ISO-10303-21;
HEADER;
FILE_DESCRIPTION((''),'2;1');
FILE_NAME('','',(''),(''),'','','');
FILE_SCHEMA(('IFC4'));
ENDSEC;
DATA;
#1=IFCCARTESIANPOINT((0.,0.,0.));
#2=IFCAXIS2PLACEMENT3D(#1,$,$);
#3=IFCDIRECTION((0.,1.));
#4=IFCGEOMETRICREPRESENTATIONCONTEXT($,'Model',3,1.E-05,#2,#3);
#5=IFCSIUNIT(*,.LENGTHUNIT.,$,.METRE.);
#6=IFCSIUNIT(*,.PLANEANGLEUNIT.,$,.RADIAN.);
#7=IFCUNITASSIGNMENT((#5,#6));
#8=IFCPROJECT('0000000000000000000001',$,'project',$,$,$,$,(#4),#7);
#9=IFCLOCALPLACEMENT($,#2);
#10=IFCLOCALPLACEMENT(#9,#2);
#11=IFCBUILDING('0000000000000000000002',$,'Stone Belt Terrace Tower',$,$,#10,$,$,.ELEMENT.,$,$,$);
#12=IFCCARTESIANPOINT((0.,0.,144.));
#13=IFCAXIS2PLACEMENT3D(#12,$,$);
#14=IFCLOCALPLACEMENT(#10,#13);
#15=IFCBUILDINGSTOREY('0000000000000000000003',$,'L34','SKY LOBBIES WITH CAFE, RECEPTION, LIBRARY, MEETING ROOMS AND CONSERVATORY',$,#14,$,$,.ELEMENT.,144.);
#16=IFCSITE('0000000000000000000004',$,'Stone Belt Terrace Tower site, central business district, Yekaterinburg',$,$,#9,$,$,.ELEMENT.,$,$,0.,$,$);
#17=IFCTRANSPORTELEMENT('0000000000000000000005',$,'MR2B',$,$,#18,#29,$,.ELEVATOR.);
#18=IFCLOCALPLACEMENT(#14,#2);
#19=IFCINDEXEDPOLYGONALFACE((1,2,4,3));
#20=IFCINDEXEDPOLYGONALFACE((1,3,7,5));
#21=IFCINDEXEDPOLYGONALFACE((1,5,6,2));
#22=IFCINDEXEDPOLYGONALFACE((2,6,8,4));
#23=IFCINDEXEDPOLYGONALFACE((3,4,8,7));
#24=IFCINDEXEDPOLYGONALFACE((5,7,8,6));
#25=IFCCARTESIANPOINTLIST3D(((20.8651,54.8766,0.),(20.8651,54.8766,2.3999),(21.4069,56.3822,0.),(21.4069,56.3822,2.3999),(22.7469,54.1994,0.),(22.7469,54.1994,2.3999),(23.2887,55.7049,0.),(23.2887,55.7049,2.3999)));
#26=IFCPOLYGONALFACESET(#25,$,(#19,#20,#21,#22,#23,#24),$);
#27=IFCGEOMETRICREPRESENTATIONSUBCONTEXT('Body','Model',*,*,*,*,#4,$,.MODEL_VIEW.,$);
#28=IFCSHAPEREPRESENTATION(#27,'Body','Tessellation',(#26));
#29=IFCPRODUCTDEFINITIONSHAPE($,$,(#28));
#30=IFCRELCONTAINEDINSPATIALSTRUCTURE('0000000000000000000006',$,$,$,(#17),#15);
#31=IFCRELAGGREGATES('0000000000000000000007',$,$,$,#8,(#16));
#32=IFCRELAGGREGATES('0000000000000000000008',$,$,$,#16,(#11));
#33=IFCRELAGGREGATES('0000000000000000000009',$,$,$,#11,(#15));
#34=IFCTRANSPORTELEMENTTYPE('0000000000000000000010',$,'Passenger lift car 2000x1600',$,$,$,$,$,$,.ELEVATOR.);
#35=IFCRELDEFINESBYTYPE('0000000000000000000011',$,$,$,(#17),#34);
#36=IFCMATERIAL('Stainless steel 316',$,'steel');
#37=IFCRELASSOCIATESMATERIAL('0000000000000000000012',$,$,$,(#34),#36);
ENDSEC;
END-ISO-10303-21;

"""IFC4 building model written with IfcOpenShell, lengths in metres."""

from ifc_helpers import new_model, si_unit, direction, frame, origin, origin_2d, place, context, subcontext, project, spatial, rectangle, extrude, material, type_object, element, save


model = new_model("IFC4")

# Units and contexts
model_context = context("Model", 3, precision=1e-05, world=origin(), true_north=direction((0.0, 1.0)))
body_context = subcontext(model_context, "Body", "Model", "MODEL_VIEW")
ifc_project = project(units=[si_unit("LENGTHUNIT", "METRE"), si_unit("PLANEANGLEUNIT", "RADIAN")], contexts=[model_context])

# Site, building, storey
site_placement = place(None, origin())
site = spatial("IfcSite", under=ifc_project, at=site_placement, Name="Stone Belt Terrace Tower site, central business district, Yekaterinburg", CompositionType="ELEMENT", RefElevation=0.0)
building_placement = place(site_placement, origin())
building = spatial("IfcBuilding", under=site, at=building_placement, Name="Stone Belt Terrace Tower", CompositionType="ELEMENT")
storey_placement = place(building_placement, frame((0.0, 0.0, 144.0)))
storey = spatial("IfcBuildingStorey", under=building, at=storey_placement, Name="L34", Description="SKY LOBBIES WITH CAFE, RECEPTION, LIBRARY, MEETING ROOMS AND CONSERVATORY", CompositionType="ELEMENT", Elevation=144.0)

# Transport element
ifc_material_1 = material(Name="Stainless steel 316", Category="steel")
transport_element_type = type_object("IfcTransportElementType", Name="Passenger lift car 2000x1600", PredefinedType="ELEVATOR", material=ifc_material_1)
for number, where, z_axis, x_axis, name in (
    (1, (22.0769, 55.2908, 0.0), (0.0, 0.0, 1.0), (-0.940922, 0.338625, 0.0), "MR2B"),
):
    element("IfcTransportElement", number, at=place(storey_placement, frame(where, z_axis=z_axis, x_axis=x_axis)), inside=storey, type_object=transport_element_type, Name=name, PredefinedType="ELEVATOR", context=body_context, shape_type="SweptSolid", body=[
        extrude(rectangle(XDim=2.0, YDim=1.6001, at=origin_2d()), origin(), (0.0, 0.0, 1.0), 2.3999),
    ])

save(model, "model.ifc")
